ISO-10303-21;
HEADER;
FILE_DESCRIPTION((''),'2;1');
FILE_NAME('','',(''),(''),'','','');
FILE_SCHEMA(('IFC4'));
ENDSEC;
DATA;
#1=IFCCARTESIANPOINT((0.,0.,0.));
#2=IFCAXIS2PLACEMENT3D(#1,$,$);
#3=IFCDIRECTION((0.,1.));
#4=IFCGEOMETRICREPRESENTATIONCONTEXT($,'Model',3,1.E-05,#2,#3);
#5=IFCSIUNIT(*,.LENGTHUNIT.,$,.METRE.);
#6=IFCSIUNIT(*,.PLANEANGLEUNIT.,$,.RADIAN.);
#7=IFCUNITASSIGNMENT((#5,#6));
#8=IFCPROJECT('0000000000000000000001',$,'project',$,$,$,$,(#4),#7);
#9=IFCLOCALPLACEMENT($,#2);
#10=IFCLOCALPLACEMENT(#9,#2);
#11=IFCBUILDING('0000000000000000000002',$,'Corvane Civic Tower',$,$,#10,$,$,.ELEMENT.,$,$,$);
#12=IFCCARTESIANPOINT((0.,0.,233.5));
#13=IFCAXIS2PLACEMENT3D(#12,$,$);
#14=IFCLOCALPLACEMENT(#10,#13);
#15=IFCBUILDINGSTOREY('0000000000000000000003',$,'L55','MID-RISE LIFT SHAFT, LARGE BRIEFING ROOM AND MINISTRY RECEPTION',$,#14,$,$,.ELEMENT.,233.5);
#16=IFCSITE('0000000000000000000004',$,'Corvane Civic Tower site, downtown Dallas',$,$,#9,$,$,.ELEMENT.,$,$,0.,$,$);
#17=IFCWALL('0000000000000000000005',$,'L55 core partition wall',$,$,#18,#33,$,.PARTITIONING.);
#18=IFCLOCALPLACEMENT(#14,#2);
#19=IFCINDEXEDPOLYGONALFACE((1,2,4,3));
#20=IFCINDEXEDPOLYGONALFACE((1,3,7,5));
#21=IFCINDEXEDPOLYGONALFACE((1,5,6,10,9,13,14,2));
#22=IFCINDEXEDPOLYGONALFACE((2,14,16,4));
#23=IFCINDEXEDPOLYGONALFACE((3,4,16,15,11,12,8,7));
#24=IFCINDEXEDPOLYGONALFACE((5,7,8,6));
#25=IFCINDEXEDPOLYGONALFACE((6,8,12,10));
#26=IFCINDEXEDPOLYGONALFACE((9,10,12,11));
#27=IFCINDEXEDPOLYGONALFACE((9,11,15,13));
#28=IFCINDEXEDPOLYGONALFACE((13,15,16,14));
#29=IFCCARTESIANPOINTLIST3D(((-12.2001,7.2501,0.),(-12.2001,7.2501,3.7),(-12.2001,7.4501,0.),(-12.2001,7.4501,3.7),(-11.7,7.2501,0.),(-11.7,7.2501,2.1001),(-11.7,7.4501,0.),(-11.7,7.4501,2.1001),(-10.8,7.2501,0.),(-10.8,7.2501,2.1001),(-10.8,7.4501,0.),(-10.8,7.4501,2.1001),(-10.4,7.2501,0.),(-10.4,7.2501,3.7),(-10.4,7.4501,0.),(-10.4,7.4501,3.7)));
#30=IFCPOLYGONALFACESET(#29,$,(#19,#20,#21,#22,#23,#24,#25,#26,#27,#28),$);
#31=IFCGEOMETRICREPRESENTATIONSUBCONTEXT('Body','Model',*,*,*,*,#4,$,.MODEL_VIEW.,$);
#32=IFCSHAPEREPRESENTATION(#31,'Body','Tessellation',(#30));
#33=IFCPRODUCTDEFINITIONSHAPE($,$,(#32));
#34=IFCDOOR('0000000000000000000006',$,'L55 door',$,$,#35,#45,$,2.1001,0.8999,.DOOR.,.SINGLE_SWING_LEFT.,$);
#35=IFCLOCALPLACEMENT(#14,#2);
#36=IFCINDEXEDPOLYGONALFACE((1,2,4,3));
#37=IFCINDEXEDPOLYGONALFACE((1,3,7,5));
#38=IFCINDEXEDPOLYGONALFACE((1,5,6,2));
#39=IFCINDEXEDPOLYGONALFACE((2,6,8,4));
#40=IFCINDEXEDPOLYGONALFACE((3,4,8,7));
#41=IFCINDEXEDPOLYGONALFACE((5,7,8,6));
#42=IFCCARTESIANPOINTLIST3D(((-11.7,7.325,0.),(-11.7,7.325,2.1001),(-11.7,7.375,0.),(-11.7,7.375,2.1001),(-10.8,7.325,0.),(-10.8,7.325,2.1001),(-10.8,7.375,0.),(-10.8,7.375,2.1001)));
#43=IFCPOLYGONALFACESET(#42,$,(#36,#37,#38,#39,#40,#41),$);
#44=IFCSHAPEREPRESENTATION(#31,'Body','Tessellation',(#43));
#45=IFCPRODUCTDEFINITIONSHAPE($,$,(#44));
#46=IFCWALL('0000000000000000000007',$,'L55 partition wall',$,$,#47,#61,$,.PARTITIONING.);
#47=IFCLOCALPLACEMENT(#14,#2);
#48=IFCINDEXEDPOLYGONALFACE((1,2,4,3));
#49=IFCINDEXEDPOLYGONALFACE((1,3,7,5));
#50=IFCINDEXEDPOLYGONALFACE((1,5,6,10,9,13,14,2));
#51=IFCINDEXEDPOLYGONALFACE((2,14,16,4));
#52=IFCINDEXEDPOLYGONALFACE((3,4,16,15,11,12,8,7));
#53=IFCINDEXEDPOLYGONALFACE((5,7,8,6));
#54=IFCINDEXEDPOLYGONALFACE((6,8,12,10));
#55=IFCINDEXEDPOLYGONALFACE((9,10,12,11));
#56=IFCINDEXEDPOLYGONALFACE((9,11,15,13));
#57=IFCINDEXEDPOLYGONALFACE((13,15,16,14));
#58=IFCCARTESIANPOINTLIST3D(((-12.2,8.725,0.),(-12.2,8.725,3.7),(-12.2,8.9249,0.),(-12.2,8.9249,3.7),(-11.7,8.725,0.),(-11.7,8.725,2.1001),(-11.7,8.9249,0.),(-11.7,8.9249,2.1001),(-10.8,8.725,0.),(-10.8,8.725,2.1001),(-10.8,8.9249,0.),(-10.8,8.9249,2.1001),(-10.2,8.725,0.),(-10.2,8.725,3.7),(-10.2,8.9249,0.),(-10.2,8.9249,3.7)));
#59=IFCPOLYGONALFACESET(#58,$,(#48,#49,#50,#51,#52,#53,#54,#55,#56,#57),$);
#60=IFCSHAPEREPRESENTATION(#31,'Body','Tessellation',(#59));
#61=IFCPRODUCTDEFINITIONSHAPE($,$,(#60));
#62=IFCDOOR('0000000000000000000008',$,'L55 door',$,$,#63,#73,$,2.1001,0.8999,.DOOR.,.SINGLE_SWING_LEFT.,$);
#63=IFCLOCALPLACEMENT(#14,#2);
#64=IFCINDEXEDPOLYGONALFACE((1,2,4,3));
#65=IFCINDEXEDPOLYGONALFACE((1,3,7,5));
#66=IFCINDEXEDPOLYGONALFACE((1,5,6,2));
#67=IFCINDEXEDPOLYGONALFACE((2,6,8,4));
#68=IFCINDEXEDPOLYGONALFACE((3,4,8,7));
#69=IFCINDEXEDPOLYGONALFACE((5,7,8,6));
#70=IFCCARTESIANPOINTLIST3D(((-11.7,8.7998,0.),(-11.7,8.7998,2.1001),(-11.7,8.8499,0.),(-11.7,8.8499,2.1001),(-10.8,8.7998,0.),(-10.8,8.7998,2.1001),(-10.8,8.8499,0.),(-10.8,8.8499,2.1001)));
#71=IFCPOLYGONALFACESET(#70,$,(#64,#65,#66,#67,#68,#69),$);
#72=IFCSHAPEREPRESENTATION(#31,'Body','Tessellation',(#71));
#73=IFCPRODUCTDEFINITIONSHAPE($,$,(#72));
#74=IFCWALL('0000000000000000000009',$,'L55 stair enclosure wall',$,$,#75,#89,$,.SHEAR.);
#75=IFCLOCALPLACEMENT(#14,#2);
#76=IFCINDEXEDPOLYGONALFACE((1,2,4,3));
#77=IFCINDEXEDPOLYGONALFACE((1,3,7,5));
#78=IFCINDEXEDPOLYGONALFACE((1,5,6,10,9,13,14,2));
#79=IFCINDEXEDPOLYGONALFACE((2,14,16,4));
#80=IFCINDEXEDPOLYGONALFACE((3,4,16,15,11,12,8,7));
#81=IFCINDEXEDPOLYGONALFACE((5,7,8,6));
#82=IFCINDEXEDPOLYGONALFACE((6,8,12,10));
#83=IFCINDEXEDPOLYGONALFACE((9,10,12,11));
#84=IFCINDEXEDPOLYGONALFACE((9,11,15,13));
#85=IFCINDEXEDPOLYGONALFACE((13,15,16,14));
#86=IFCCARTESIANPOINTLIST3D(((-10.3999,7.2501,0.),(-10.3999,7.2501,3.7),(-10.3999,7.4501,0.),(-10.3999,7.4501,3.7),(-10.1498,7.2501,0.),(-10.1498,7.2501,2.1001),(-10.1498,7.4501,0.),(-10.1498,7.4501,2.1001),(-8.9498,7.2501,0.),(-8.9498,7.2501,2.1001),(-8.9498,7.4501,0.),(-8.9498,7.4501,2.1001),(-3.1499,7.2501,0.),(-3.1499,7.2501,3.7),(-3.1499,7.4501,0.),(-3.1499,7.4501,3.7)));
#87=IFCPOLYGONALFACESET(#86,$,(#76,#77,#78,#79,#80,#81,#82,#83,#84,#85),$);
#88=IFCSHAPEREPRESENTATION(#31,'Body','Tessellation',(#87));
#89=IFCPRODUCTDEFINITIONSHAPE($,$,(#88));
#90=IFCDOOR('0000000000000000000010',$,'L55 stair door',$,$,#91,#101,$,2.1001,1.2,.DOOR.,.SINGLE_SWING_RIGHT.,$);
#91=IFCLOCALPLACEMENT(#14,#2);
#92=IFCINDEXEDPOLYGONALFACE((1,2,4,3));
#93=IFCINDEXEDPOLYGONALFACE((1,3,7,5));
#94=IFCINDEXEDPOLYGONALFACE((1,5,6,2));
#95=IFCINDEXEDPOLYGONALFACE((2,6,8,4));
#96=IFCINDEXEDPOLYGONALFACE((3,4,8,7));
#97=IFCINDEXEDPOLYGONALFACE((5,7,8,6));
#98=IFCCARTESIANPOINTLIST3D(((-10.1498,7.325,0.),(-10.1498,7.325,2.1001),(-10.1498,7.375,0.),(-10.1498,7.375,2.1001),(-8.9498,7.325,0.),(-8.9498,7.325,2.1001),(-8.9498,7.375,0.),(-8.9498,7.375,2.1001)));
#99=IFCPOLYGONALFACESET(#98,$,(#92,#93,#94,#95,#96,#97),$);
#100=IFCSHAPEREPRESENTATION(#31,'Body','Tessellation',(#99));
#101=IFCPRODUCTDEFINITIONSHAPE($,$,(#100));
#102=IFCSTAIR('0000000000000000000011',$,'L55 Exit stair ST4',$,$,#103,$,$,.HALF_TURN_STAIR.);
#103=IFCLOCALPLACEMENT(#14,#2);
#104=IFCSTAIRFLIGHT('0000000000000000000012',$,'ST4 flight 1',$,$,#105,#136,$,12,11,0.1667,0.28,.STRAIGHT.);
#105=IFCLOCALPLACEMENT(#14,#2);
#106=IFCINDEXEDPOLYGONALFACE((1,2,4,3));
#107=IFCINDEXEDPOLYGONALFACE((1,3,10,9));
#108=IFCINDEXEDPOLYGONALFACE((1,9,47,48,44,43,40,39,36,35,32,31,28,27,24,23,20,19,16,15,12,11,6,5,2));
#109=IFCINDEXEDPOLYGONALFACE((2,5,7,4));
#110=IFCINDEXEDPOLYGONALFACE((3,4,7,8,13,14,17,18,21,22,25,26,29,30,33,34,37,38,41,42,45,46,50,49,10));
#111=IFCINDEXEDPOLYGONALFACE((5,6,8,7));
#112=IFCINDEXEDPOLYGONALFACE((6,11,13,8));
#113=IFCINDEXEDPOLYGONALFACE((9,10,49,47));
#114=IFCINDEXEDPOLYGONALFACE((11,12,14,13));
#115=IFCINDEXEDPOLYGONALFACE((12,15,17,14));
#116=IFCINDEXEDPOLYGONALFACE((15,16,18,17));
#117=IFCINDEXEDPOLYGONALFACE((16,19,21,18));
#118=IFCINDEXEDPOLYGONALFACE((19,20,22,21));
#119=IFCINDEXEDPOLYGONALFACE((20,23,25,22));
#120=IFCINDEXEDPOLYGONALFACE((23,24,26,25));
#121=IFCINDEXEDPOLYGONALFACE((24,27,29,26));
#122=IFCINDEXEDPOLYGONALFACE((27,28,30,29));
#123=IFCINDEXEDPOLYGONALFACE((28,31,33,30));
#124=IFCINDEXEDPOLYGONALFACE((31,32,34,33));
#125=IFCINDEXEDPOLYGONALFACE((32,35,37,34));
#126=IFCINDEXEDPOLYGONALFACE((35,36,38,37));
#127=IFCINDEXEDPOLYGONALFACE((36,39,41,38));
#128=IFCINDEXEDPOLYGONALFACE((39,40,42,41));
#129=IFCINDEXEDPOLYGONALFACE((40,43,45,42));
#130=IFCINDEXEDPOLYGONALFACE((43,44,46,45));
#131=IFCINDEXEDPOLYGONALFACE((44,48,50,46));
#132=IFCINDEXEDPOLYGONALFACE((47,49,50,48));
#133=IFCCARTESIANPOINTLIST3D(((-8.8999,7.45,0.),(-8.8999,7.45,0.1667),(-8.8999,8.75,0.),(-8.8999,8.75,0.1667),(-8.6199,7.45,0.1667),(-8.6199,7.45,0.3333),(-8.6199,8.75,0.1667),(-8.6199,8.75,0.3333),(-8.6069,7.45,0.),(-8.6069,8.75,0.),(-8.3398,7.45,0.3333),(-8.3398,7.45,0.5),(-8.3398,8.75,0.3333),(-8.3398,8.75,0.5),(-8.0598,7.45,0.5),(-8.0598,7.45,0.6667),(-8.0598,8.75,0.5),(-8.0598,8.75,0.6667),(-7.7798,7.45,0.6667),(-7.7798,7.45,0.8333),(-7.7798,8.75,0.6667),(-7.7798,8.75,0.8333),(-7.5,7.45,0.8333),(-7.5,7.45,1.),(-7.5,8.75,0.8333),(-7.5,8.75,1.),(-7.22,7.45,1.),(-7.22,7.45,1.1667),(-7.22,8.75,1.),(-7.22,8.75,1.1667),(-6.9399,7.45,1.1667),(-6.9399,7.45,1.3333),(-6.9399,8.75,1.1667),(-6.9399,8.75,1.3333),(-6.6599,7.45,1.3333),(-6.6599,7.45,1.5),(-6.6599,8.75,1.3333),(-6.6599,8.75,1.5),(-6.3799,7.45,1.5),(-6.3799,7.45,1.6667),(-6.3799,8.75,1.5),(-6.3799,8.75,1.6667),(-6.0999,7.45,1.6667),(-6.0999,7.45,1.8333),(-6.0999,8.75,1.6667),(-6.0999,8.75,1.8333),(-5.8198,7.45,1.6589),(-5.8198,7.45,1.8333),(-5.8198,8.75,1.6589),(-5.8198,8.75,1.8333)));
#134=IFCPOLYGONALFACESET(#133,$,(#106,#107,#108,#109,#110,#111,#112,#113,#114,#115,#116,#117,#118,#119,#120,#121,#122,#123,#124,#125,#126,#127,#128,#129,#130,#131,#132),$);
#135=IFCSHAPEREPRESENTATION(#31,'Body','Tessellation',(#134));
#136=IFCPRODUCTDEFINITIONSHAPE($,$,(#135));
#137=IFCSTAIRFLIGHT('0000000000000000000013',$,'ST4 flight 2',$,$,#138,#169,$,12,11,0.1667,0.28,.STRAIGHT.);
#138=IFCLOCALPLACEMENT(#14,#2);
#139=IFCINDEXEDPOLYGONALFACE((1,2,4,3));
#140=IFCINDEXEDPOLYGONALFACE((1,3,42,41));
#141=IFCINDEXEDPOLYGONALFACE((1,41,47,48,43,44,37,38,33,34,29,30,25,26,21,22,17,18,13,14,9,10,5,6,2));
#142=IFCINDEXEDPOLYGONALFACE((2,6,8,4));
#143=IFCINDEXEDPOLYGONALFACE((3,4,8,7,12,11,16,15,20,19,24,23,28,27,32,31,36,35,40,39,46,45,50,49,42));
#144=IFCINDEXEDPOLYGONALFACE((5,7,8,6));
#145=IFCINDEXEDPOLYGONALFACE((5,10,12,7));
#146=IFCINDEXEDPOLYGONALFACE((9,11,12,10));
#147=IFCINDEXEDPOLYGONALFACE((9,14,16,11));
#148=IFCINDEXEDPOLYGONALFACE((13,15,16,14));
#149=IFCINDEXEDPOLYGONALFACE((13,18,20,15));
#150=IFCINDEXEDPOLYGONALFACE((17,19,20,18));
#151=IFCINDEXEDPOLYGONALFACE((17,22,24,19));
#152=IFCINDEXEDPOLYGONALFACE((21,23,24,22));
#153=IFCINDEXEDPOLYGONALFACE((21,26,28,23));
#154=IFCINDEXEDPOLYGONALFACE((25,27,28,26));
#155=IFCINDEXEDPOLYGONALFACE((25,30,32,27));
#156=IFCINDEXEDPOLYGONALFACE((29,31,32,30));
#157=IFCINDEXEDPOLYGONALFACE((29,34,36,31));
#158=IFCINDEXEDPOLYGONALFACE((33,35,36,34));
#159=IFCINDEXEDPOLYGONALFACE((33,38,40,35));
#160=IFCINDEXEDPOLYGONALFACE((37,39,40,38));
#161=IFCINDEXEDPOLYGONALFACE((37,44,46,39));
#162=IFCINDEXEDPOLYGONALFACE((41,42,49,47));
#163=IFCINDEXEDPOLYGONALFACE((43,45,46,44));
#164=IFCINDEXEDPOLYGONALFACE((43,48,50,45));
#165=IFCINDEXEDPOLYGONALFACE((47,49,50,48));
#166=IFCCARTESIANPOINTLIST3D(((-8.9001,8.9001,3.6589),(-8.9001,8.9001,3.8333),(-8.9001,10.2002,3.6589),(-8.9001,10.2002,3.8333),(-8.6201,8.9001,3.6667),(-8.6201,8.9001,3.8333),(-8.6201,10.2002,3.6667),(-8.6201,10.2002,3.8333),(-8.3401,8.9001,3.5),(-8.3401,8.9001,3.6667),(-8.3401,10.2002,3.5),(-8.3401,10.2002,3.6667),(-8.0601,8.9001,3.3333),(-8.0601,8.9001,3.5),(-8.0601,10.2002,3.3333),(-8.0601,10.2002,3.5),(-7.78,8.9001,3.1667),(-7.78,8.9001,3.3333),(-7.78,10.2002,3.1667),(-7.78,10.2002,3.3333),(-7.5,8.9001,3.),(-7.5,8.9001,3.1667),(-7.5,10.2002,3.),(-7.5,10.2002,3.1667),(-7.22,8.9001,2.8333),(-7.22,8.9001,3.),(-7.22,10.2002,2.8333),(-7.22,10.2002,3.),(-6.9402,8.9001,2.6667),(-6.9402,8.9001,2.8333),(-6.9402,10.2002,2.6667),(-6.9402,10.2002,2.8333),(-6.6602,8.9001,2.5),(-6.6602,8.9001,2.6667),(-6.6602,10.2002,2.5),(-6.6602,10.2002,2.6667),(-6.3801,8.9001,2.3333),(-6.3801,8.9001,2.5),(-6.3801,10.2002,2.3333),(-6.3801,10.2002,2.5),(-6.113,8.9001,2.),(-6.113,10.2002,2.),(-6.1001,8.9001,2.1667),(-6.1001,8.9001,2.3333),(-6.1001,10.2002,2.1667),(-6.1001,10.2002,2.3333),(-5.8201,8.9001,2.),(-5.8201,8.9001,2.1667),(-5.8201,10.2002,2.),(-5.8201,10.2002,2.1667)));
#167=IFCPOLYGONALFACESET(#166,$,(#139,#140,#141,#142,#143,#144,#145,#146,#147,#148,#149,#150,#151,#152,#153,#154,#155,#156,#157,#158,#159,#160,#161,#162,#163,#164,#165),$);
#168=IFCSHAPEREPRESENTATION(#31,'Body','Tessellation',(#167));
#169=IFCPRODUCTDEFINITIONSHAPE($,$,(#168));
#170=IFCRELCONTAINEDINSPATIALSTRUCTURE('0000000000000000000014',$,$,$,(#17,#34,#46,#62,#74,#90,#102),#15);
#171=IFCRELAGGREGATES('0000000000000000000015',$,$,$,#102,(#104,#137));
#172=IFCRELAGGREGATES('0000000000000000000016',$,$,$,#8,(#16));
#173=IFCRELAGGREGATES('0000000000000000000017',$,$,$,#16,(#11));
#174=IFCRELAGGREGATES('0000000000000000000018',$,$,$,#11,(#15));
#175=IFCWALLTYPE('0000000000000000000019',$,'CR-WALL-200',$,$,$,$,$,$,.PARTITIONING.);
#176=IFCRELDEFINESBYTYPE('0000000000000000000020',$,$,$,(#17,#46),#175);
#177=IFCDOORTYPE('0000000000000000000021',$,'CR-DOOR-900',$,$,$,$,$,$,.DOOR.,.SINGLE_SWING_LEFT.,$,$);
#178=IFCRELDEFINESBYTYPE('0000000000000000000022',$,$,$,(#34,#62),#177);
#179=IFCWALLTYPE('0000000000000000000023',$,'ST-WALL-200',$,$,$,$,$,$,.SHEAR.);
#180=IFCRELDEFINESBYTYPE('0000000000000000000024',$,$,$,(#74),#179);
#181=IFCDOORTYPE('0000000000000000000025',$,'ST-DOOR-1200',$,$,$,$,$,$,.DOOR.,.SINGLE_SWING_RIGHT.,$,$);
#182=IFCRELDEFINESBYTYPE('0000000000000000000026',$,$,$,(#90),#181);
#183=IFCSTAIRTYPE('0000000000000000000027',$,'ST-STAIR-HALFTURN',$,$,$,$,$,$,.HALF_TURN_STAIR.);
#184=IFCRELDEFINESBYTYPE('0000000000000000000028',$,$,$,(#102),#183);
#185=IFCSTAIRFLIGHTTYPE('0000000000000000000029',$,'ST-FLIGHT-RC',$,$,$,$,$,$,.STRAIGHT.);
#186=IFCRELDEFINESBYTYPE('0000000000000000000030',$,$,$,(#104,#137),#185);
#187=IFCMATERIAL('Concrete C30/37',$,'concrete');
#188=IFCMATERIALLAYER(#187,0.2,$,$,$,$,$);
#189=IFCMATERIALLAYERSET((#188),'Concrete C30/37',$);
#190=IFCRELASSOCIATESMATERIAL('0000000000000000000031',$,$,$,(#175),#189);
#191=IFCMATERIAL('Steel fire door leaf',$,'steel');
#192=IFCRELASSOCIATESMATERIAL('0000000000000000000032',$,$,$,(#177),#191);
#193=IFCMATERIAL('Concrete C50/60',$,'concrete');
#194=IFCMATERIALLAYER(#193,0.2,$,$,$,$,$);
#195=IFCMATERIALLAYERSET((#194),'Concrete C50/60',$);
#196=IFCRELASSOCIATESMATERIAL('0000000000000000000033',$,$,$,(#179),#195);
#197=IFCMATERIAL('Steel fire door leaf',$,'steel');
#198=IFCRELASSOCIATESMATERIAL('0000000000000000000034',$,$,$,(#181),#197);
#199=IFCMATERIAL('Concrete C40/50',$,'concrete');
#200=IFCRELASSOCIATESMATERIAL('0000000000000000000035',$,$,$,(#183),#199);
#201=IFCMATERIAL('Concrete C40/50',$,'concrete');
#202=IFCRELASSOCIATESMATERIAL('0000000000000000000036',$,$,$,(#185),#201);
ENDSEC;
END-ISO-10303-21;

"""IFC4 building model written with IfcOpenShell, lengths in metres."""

from ifc_helpers import new_model, si_unit, direction, frame, frame_2d, origin, place, context, subcontext, project, spatial, polyline, rectangle, outline, extrude, material, layer, layer_set, type_object, element, fill, aggregate, save


model = new_model("IFC4")

# Units and contexts
model_context = context("Model", 3, precision=1e-05, world=origin(), true_north=direction((0.0, 1.0)))
body_context = subcontext(model_context, "Body", "Model", "MODEL_VIEW")
ifc_project = project(units=[si_unit("LENGTHUNIT", "METRE"), si_unit("PLANEANGLEUNIT", "RADIAN")], contexts=[model_context])

# Site, building, storey
site_placement = place(None, origin())
site = spatial("IfcSite", under=ifc_project, at=site_placement, Name="Corvane Civic Tower site, downtown Dallas", CompositionType="ELEMENT", RefElevation=0.0)
building_placement = place(site_placement, origin())
building = spatial("IfcBuilding", under=site, at=building_placement, Name="Corvane Civic Tower", CompositionType="ELEMENT")
storey_placement = place(building_placement, frame((0.0, 0.0, 233.5)))
storey = spatial("IfcBuildingStorey", under=building, at=storey_placement, Name="L55", Description="MID-RISE LIFT SHAFT, LARGE BRIEFING ROOM AND MINISTRY RECEPTION", CompositionType="ELEMENT", Elevation=233.5)

# Shared definitions
ifc_material_1 = material(Name="Concrete C30/37", Category="concrete")
ifc_layer_1 = layer(ifc_material_1, 0.2)
ifc_layer_set_1 = layer_set([ifc_layer_1], Name="Concrete C30/37")
wall_type_1 = type_object("IfcWallType", Name="CR-WALL-200", PredefinedType="PARTITIONING", material=ifc_layer_set_1)
ifc_material_2 = material(Name="Steel fire door leaf", Category="steel")
door_type_1 = type_object("IfcDoorType", Name="CR-DOOR-900", OperationType="SINGLE_SWING_LEFT", PredefinedType="DOOR", material=ifc_material_2)

# Walls, openings, doors
wall_1_placement = place(storey_placement, frame((-12.2, 7.3501, 0.0), z_axis=(0.0, 0.0, 1.0), x_axis=(1.0, 0.0, 0.0)))
wall_1 = element("IfcWall", 1, at=wall_1_placement, inside=storey, type_object=wall_type_1, Name="L55 core partition wall", PredefinedType="PARTITIONING", context=body_context, shape_type="SweptSolid", body=[
    extrude(rectangle(XDim=1.8, YDim=0.2, at=frame_2d((0.8999, 0.0))), origin(), (0.0, 0.0, 1.0), 3.7),
])
opening_1_placement = place(wall_1_placement, frame((0.5, 0.0, 0.0)))
opening_1 = element("IfcOpeningElement", 2, at=opening_1_placement, cuts=wall_1, PredefinedType="OPENING", context=body_context, shape_type="SweptSolid", body=[
    extrude(rectangle(XDim=0.8999, YDim=2.1001, at=frame_2d((0.45, 1.05))), frame((0.0, 0.1099, 0.0), z_axis=(0.0, -1.0, 0.0), x_axis=(1.0, 0.0, 0.0)), (0.0, 0.0, 1.0), 0.22),
])
door_1_placement = place(opening_1_placement, origin())
door_1 = element("IfcDoor", 3, at=door_1_placement, inside=storey, type_object=door_type_1, Name="L55 door", OperationType="SINGLE_SWING_LEFT", OverallHeight=2.1001, OverallWidth=0.8999, PredefinedType="DOOR", context=body_context, shape_type="SweptSolid", body=[
    extrude(rectangle(XDim=0.8999, YDim=2.1001, at=frame_2d((0.45, 1.05))), frame((0.0, 0.0249, 0.0), z_axis=(0.0, -1.0, 0.0), x_axis=(1.0, 0.0, 0.0)), (0.0, 0.0, 1.0), 0.05),
])
fill(opening_1, door_1)
wall_2_placement = place(storey_placement, frame((-12.2, 8.825, 0.0), z_axis=(0.0, 0.0, 1.0), x_axis=(1.0, 0.0, 0.0)))
wall_2 = element("IfcWall", 4, at=wall_2_placement, inside=storey, type_object=wall_type_1, Name="L55 partition wall", PredefinedType="PARTITIONING", context=body_context, shape_type="SweptSolid", body=[
    extrude(rectangle(XDim=2.0, YDim=0.2, at=frame_2d((1.0, 0.0))), origin(), (0.0, 0.0, 1.0), 3.7),
])
opening_2_placement = place(wall_2_placement, frame((0.5, 0.0, 0.0)))
opening_2 = element("IfcOpeningElement", 5, at=opening_2_placement, cuts=wall_2, PredefinedType="OPENING", context=body_context, shape_type="SweptSolid", body=[
    extrude(rectangle(XDim=0.8999, YDim=2.1001, at=frame_2d((0.45, 1.05))), frame((0.0, 0.1099, 0.0), z_axis=(0.0, -1.0, 0.0), x_axis=(1.0, 0.0, 0.0)), (0.0, 0.0, 1.0), 0.22),
])
door_2_placement = place(opening_2_placement, origin())
door_2 = element("IfcDoor", 6, at=door_2_placement, inside=storey, type_object=door_type_1, Name="L55 door", OperationType="SINGLE_SWING_LEFT", OverallHeight=2.1001, OverallWidth=0.8999, PredefinedType="DOOR", context=body_context, shape_type="SweptSolid", body=[
    extrude(rectangle(XDim=0.8999, YDim=2.1001, at=frame_2d((0.45, 1.05))), frame((0.0, 0.0249, 0.0), z_axis=(0.0, -1.0, 0.0), x_axis=(1.0, 0.0, 0.0)), (0.0, 0.0, 1.0), 0.05),
])
fill(opening_2, door_2)
ifc_material_3 = material(Name="Concrete C50/60", Category="concrete")
ifc_layer_2 = layer(ifc_material_3, 0.2)
ifc_layer_set_2 = layer_set([ifc_layer_2], Name="Concrete C50/60")
wall_type_2 = type_object("IfcWallType", Name="ST-WALL-200", PredefinedType="SHEAR", material=ifc_layer_set_2)
wall_3_placement = place(storey_placement, frame((-10.3999, 7.3501, 0.0), z_axis=(0.0, 0.0, 1.0), x_axis=(1.0, 0.0, 0.0)))
wall_3 = element("IfcWall", 7, at=wall_3_placement, inside=storey, type_object=wall_type_2, Name="L55 stair enclosure wall", PredefinedType="SHEAR", context=body_context, shape_type="SweptSolid", body=[
    extrude(rectangle(XDim=7.25, YDim=0.2, at=frame_2d((3.625, 0.0))), origin(), (0.0, 0.0, 1.0), 3.7),
])
opening_3_placement = place(wall_3_placement, frame((0.25, 0.0, 0.0)))
opening_3 = element("IfcOpeningElement", 8, at=opening_3_placement, cuts=wall_3, PredefinedType="OPENING", context=body_context, shape_type="SweptSolid", body=[
    extrude(rectangle(XDim=1.2, YDim=2.1001, at=frame_2d((0.6001, 1.05))), frame((0.0, 0.1099, 0.0), z_axis=(0.0, -1.0, 0.0), x_axis=(1.0, 0.0, 0.0)), (0.0, 0.0, 1.0), 0.22),
])
ifc_material_4 = material(Name="Steel fire door leaf", Category="steel")
door_type_2 = type_object("IfcDoorType", Name="ST-DOOR-1200", OperationType="SINGLE_SWING_RIGHT", PredefinedType="DOOR", material=ifc_material_4)
door_3_placement = place(opening_3_placement, origin())
door_3 = element("IfcDoor", 9, at=door_3_placement, inside=storey, type_object=door_type_2, Name="L55 stair door", OperationType="SINGLE_SWING_RIGHT", OverallHeight=2.1001, OverallWidth=1.2, PredefinedType="DOOR", context=body_context, shape_type="SweptSolid", body=[
    extrude(rectangle(XDim=1.2, YDim=2.1001, at=frame_2d((0.6001, 1.05))), frame((0.0, 0.0249, 0.0), z_axis=(0.0, -1.0, 0.0), x_axis=(1.0, 0.0, 0.0)), (0.0, 0.0, 1.0), 0.05),
])
fill(opening_3, door_3)

# Stair, stair flights
ifc_material_5 = material(Name="Concrete C40/50", Category="concrete")
stair_type = type_object("IfcStairType", Name="ST-STAIR-HALFTURN", PredefinedType="HALF_TURN_STAIR", material=ifc_material_5)
stair_placement = place(storey_placement, origin())
stair = element("IfcStair", 10, at=stair_placement, inside=storey, type_object=stair_type, Name="L55 Exit stair ST4", PredefinedType="HALF_TURN_STAIR")
ifc_material_6 = material(Name="Concrete C40/50", Category="concrete")
stair_flight_type = type_object("IfcStairFlightType", Name="ST-FLIGHT-RC", PredefinedType="STRAIGHT", material=ifc_material_6)
stair_flight_1_placement = place(storey_placement, frame((-8.8999, 8.1001, 0.0), z_axis=(0.0, 0.0, 1.0), x_axis=(1.0, 0.0, 0.0)))
stair_flight_1 = element("IfcStairFlight", 11, at=stair_flight_1_placement, type_object=stair_flight_type, Name="ST4 flight 1", NumberOfRisers=12, NumberOfTreads=11, PredefinedType="STRAIGHT", RiserHeight=0.1667, TreadLength=0.28, context=body_context, shape_type="SweptSolid", body=[
    extrude(outline(polyline([(0.0, 0.0), (0.0, 0.1667), (0.28, 0.1667), (0.28, 0.3333), (0.5601, 0.3333), (0.5601, 0.5), (0.8401, 0.5), (0.8401, 0.6667), (1.1201, 0.6667), (1.1201, 0.8333), (1.3999, 0.8333), (1.3999, 1.0), (1.6799, 1.0), (1.6799, 1.1667), (1.96, 1.1667), (1.96, 1.3333), (2.24, 1.3333), (2.24, 1.5), (2.52, 1.5), (2.52, 1.6667), (2.8, 1.6667), (2.8, 1.8333), (3.0801, 1.8333), (3.0801, 2.0), (3.0801, 1.6589), (0.293, 0.0), (0.0, 0.0)])), frame((0.0, 0.6499, 0.0), z_axis=(0.0, -1.0, 0.0), x_axis=(1.0, 0.0, 0.0)), (0.0, 0.0, 1.0), 1.3),
])
stair_flight_2_placement = place(storey_placement, frame((-5.8201, 9.55, 2.0), z_axis=(0.0, 0.0, 1.0), x_axis=(-1.0, 0.0, 0.0)))
stair_flight_2 = element("IfcStairFlight", 12, at=stair_flight_2_placement, type_object=stair_flight_type, Name="ST4 flight 2", NumberOfRisers=12, NumberOfTreads=11, PredefinedType="STRAIGHT", RiserHeight=0.1667, TreadLength=0.28, context=body_context, shape_type="SweptSolid", body=[
    extrude(outline(polyline([(0.0, 0.0), (0.0, 0.1667), (0.28, 0.1667), (0.28, 0.3333), (0.5601, 0.3333), (0.5601, 0.5), (0.8401, 0.5), (0.8401, 0.6667), (1.1201, 0.6667), (1.1201, 0.8333), (1.3999, 0.8333), (1.3999, 1.0), (1.6799, 1.0), (1.6799, 1.1667), (1.96, 1.1667), (1.96, 1.3333), (2.24, 1.3333), (2.24, 1.5), (2.52, 1.5), (2.52, 1.6667), (2.8, 1.6667), (2.8, 1.8333), (3.0801, 1.8333), (3.0801, 2.0), (3.0801, 1.6589), (0.293, 0.0), (0.0, 0.0)])), frame((0.0, 0.6499, 0.0), z_axis=(0.0, -1.0, 0.0), x_axis=(1.0, 0.0, 0.0)), (0.0, 0.0, 1.0), 1.3),
])
aggregate(stair, [stair_flight_1, stair_flight_2])

save(model, "model.ifc")
